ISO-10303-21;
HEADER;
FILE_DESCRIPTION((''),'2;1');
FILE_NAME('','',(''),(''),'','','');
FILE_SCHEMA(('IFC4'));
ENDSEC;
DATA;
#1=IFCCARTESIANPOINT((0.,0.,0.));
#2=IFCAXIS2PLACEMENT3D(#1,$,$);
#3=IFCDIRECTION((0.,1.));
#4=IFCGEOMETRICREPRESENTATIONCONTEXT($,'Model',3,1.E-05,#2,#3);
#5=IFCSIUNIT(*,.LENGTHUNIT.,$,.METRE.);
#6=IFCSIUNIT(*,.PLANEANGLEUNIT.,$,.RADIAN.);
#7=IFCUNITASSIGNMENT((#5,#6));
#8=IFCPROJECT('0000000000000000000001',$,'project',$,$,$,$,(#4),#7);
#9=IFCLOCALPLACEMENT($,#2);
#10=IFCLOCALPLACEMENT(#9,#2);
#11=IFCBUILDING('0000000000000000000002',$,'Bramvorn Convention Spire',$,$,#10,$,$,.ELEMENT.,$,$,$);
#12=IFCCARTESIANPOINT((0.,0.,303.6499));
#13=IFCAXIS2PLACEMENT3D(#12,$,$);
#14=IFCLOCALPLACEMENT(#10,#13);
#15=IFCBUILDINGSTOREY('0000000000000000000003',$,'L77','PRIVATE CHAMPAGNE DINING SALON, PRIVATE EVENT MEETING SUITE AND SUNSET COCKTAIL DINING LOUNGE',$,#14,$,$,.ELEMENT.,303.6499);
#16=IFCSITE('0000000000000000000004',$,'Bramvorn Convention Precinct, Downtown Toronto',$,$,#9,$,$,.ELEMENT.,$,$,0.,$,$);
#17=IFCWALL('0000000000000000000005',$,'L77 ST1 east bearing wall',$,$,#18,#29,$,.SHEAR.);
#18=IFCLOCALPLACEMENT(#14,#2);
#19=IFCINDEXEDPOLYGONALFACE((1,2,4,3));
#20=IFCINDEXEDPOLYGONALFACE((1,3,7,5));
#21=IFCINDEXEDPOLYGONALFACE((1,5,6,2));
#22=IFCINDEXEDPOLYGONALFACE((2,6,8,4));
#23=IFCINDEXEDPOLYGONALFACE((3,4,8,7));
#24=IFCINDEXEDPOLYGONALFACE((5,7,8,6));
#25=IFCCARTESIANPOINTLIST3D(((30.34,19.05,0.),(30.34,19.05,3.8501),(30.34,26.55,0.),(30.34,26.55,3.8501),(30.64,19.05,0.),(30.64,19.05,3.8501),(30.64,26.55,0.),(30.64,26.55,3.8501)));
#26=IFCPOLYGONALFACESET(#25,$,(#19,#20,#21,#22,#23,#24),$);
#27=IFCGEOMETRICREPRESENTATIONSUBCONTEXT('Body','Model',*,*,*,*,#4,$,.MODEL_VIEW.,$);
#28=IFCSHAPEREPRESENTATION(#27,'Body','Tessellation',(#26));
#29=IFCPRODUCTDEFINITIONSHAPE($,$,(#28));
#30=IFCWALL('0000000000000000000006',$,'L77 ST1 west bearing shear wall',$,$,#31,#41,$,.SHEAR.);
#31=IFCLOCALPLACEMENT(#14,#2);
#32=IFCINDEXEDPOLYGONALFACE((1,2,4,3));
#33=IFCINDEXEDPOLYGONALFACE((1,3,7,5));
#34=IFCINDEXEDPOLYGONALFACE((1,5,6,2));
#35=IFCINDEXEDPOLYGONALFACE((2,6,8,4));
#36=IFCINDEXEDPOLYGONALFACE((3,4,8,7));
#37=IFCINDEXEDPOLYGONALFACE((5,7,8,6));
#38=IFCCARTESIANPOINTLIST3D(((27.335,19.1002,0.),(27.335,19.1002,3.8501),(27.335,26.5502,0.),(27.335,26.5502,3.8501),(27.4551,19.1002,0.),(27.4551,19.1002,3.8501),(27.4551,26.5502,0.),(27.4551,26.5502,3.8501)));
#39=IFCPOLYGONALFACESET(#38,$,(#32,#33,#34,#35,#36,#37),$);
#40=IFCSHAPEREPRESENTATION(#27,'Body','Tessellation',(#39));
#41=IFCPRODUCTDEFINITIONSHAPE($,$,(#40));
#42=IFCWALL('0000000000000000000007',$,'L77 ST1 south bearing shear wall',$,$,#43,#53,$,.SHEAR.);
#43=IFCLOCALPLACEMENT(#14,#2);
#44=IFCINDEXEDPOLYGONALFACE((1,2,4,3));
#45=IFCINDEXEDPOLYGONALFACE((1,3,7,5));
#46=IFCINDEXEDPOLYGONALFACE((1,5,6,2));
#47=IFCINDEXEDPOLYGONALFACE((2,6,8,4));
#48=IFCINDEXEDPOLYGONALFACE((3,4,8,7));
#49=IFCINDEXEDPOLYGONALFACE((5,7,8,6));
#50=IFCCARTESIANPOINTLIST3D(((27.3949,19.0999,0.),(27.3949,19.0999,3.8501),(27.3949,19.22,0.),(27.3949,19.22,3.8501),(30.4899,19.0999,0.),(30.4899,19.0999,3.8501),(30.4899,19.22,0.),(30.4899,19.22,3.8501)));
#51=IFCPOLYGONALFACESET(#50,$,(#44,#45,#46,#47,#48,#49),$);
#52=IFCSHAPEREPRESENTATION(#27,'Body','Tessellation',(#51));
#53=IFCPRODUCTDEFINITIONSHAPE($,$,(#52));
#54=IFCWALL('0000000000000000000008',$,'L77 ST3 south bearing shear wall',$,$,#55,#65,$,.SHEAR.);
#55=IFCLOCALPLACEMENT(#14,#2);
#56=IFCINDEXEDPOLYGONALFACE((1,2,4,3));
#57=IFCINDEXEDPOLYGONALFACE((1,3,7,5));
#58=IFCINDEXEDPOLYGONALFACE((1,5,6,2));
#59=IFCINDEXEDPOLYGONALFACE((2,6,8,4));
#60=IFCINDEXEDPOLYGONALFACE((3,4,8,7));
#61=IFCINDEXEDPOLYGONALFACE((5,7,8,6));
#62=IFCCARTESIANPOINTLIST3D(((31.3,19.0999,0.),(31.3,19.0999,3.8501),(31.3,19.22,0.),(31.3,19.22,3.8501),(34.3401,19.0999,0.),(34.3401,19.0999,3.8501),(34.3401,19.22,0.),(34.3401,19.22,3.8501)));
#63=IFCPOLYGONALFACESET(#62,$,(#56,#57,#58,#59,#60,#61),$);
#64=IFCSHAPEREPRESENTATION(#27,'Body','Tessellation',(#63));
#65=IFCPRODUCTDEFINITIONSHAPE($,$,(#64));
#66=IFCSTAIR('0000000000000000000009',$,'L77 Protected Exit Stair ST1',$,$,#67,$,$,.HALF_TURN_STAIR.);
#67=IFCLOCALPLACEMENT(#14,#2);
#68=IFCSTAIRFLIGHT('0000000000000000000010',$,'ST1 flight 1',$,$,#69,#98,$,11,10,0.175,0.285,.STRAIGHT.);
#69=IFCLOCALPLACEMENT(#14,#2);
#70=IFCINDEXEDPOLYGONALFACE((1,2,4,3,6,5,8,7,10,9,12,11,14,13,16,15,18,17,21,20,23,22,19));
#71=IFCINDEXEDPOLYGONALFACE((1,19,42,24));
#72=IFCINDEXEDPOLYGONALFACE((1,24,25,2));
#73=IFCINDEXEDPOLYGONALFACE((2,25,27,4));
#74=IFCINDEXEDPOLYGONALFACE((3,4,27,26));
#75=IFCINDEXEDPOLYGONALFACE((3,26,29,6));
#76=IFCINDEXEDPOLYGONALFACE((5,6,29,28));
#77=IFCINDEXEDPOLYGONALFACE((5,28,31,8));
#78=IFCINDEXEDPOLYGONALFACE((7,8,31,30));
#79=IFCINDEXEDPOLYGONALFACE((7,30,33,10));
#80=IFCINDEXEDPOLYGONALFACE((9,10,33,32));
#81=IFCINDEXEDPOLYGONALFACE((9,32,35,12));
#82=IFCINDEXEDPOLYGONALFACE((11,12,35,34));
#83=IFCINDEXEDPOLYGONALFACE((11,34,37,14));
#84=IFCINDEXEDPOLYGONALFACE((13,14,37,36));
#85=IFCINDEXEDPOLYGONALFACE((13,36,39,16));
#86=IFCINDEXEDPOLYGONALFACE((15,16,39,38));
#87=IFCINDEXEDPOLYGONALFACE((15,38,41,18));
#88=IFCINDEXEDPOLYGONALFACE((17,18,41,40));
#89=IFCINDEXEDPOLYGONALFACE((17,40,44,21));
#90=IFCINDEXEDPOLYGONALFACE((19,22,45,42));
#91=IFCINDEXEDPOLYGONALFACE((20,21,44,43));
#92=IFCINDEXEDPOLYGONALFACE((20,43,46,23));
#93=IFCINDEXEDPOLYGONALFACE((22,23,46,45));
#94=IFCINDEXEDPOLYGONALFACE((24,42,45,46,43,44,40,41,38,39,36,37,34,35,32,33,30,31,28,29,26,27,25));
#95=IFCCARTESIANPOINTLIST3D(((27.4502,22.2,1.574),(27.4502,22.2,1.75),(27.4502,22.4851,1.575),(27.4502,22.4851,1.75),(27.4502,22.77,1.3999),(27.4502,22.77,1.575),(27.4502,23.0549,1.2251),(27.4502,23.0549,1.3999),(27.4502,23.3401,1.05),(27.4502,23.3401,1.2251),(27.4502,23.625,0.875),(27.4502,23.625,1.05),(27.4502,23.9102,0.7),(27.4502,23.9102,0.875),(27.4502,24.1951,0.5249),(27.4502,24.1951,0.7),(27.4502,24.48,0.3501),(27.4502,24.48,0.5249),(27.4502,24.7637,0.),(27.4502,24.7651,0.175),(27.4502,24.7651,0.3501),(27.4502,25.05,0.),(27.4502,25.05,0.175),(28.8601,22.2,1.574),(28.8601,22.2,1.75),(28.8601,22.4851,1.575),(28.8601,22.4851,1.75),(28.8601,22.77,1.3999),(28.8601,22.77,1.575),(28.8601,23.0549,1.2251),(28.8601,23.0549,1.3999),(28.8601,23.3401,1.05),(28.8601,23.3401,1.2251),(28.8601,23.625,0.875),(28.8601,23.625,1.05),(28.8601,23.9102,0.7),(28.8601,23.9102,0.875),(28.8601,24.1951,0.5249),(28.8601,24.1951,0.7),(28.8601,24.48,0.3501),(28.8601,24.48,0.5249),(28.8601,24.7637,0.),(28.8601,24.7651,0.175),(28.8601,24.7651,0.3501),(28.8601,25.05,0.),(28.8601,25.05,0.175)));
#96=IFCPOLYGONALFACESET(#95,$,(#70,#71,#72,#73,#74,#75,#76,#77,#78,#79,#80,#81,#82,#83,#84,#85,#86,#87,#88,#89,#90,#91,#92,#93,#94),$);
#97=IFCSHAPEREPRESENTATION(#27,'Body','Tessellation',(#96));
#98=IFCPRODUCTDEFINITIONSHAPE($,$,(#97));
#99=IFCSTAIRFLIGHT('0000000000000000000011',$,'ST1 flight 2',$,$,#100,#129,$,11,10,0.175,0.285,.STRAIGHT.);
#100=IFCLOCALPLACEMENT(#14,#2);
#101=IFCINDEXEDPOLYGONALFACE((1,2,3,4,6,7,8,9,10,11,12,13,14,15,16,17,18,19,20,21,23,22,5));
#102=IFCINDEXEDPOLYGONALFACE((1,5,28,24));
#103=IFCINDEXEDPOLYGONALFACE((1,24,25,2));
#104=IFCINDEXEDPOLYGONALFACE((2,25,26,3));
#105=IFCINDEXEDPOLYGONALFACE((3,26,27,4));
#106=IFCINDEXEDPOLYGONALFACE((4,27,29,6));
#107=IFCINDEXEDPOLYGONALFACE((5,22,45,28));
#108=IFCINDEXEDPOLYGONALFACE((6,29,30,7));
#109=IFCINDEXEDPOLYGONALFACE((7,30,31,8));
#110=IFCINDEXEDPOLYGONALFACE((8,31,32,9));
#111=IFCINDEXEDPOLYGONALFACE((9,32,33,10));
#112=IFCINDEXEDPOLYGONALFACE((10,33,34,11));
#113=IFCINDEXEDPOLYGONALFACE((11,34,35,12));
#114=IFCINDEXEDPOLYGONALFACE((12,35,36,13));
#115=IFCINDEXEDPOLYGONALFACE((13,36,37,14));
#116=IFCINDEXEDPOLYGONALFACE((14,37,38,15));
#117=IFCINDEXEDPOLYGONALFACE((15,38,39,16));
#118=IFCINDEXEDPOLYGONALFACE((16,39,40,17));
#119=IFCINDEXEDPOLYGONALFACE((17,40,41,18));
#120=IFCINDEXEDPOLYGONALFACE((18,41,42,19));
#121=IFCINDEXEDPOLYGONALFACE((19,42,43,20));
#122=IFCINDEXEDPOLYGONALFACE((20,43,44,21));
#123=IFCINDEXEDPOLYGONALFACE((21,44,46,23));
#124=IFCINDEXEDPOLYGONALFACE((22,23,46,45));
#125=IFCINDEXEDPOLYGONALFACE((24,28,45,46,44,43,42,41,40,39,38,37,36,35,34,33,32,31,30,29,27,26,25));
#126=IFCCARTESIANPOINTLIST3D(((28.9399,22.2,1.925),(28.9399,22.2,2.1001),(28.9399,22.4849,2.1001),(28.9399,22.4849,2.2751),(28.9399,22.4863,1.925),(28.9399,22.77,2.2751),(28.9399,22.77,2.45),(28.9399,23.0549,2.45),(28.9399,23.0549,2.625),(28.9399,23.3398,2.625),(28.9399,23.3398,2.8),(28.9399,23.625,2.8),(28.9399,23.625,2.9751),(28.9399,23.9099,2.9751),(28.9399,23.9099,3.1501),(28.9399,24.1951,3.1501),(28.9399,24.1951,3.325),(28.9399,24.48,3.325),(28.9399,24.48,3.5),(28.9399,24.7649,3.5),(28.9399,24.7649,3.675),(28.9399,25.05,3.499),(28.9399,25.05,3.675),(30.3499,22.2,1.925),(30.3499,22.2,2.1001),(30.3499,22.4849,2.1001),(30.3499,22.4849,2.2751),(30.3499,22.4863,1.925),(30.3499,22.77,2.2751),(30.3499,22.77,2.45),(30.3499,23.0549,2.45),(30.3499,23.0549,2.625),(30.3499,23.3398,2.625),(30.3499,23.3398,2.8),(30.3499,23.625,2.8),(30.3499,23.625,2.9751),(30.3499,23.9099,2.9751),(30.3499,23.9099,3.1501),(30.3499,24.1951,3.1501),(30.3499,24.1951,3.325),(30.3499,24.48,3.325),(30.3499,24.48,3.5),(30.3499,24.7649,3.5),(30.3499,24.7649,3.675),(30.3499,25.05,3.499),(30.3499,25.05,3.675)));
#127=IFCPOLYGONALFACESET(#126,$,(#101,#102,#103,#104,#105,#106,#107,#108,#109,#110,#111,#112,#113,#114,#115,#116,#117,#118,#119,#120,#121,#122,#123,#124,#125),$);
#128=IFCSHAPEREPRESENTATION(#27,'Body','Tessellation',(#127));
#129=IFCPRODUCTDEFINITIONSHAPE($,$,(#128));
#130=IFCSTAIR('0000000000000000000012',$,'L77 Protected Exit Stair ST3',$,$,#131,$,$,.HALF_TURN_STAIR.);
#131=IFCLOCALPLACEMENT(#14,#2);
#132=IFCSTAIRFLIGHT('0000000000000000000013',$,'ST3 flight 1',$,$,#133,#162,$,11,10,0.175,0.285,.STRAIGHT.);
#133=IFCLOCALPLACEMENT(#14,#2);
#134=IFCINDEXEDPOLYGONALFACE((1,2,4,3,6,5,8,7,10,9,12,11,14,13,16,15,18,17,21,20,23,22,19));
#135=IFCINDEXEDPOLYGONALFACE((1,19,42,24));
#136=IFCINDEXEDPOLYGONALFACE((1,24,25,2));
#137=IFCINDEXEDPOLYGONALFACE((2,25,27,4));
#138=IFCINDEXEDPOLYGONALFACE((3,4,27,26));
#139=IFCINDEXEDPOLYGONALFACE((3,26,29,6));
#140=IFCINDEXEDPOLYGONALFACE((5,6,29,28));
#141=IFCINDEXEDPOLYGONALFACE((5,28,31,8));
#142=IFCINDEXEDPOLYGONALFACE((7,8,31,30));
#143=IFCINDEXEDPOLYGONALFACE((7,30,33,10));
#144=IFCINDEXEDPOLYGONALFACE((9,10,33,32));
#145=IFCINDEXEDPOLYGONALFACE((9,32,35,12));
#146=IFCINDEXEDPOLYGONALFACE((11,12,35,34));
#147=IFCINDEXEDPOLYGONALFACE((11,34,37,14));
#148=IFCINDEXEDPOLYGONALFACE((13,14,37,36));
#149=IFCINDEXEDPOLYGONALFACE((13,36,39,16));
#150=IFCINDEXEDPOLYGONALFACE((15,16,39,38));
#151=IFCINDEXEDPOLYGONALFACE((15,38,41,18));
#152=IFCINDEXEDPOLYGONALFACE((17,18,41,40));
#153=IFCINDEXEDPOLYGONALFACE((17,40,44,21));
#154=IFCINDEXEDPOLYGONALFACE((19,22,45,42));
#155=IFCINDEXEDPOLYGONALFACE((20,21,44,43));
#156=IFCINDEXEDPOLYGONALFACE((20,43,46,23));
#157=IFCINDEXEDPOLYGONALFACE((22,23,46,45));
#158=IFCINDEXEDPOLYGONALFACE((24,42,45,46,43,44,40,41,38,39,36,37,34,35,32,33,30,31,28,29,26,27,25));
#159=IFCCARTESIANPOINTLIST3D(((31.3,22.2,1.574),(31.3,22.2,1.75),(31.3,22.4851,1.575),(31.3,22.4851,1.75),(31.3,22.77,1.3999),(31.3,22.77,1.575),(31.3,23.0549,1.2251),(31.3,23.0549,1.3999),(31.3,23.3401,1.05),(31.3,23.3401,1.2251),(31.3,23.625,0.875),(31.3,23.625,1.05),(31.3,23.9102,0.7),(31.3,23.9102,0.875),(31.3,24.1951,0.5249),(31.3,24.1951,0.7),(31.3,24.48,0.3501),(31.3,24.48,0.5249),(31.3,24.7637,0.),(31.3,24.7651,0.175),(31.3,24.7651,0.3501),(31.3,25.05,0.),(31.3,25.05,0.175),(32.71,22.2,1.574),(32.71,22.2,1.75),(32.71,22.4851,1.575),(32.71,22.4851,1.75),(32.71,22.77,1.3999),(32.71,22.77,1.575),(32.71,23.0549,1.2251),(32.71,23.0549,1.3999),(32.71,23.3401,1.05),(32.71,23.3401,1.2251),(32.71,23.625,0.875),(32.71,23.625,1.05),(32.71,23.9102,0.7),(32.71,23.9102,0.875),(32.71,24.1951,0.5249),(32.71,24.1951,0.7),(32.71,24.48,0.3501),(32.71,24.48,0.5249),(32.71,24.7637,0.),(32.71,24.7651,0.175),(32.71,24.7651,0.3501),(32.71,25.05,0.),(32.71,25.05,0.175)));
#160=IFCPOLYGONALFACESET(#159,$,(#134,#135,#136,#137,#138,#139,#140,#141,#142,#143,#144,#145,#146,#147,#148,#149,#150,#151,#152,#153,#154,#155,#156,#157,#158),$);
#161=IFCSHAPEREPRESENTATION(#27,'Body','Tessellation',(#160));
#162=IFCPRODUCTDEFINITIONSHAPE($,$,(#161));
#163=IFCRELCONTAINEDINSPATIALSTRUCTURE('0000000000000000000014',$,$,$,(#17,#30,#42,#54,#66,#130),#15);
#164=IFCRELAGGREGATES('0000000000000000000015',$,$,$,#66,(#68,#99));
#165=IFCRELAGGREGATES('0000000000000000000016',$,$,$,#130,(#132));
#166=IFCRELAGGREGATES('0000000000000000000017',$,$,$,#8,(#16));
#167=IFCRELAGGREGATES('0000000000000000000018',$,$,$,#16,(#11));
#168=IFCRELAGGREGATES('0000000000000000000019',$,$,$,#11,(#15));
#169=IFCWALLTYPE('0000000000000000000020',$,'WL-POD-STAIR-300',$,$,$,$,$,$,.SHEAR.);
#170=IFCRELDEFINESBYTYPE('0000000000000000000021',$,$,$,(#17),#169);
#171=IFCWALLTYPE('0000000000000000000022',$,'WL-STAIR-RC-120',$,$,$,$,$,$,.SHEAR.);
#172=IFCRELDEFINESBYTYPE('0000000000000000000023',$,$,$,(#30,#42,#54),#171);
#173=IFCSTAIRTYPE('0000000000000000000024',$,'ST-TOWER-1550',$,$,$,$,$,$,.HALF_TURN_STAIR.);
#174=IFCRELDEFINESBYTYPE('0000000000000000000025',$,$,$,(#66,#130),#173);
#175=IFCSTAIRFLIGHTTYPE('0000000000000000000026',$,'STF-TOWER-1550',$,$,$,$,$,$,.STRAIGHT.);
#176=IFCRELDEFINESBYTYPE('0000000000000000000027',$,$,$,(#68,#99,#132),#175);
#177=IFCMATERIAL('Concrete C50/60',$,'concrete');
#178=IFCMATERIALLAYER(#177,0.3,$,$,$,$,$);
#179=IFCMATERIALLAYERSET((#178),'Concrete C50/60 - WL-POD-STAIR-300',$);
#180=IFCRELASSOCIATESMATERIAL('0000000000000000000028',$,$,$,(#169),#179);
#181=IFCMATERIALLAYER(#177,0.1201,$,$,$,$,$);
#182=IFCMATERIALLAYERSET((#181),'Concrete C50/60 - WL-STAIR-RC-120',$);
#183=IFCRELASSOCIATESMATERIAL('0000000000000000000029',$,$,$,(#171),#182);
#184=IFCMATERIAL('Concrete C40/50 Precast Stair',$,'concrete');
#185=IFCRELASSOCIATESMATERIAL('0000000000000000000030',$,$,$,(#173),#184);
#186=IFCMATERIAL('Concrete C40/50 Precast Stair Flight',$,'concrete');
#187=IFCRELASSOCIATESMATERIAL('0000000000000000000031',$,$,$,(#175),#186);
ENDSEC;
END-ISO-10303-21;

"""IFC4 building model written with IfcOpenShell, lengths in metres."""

from ifc_helpers import new_model, si_unit, direction, frame, frame_2d, origin, place, context, subcontext, project, spatial, polyline, rectangle, outline, extrude, material, layer, layer_set, type_object, element, aggregate, save


model = new_model("IFC4")

# Units and contexts
model_context = context("Model", 3, precision=1e-05, world=origin(), true_north=direction((0.0, 1.0)))
body_context = subcontext(model_context, "Body", "Model", "MODEL_VIEW")
ifc_project = project(units=[si_unit("LENGTHUNIT", "METRE"), si_unit("PLANEANGLEUNIT", "RADIAN")], contexts=[model_context])

# Site, building, storey
site_placement = place(None, origin())
site = spatial("IfcSite", under=ifc_project, at=site_placement, Name="Bramvorn Convention Precinct, Downtown Toronto", CompositionType="ELEMENT", RefElevation=0.0)
building_placement = place(site_placement, origin())
building = spatial("IfcBuilding", under=site, at=building_placement, Name="Bramvorn Convention Spire", CompositionType="ELEMENT")
storey_placement = place(building_placement, frame((0.0, 0.0, 303.6499)))
storey = spatial("IfcBuildingStorey", under=building, at=storey_placement, Name="L77", Description="PRIVATE CHAMPAGNE DINING SALON, PRIVATE EVENT MEETING SUITE AND SUNSET COCKTAIL DINING LOUNGE", CompositionType="ELEMENT", Elevation=303.6499)

# Walls
ifc_material_1 = material(Name="Concrete C50/60", Category="concrete")
ifc_layer_1 = layer(ifc_material_1, 0.3)
ifc_layer_set_1 = layer_set([ifc_layer_1], Name="Concrete C50/60 - WL-POD-STAIR-300")
wall_type_1 = type_object("IfcWallType", Name="WL-POD-STAIR-300", PredefinedType="SHEAR", material=ifc_layer_set_1)
wall_1_placement = place(storey_placement, frame((30.49, 19.05, 0.0), z_axis=(0.0, 0.0, 1.0), x_axis=(0.0, 1.0, 0.0)))
element("IfcWall", 1, at=wall_1_placement, inside=storey, type_object=wall_type_1, Name="L77 ST1 east bearing wall", PredefinedType="SHEAR", context=body_context, shape_type="SweptSolid", body=[
    extrude(rectangle(XDim=7.5, YDim=0.3, at=frame_2d((3.75, 0.0))), origin(), (0.0, 0.0, 1.0), 3.8501),
])
ifc_layer_2 = layer(ifc_material_1, 0.1201)
ifc_layer_set_2 = layer_set([ifc_layer_2], Name="Concrete C50/60 - WL-STAIR-RC-120")
wall_type_2 = type_object("IfcWallType", Name="WL-STAIR-RC-120", PredefinedType="SHEAR", material=ifc_layer_set_2)
wall_2_placement = place(storey_placement, frame((27.395, 19.1001, 0.0), z_axis=(0.0, 0.0, 1.0), x_axis=(0.0, 1.0, 0.0)))
element("IfcWall", 2, at=wall_2_placement, inside=storey, type_object=wall_type_2, Name="L77 ST1 west bearing shear wall", PredefinedType="SHEAR", context=body_context, shape_type="SweptSolid", body=[
    extrude(rectangle(XDim=7.45, YDim=0.1201, at=frame_2d((3.7251, 0.0))), origin(), (0.0, 0.0, 1.0), 3.8501),
])
wall_3_placement = place(storey_placement, frame((27.395, 19.1599, 0.0), z_axis=(0.0, 0.0, 1.0), x_axis=(1.0, 0.0, 0.0)))
element("IfcWall", 3, at=wall_3_placement, inside=storey, type_object=wall_type_2, Name="L77 ST1 south bearing shear wall", PredefinedType="SHEAR", context=body_context, shape_type="SweptSolid", body=[
    extrude(rectangle(XDim=3.095, YDim=0.1201, at=frame_2d((1.5474, 0.0))), origin(), (0.0, 0.0, 1.0), 3.8501),
])
wall_4_placement = place(storey_placement, frame((31.3, 19.1599, 0.0), z_axis=(0.0, 0.0, 1.0), x_axis=(1.0, 0.0, 0.0)))
element("IfcWall", 4, at=wall_4_placement, inside=storey, type_object=wall_type_2, Name="L77 ST3 south bearing shear wall", PredefinedType="SHEAR", context=body_context, shape_type="SweptSolid", body=[
    extrude(rectangle(XDim=3.04, YDim=0.1201, at=frame_2d((1.52, 0.0))), origin(), (0.0, 0.0, 1.0), 3.8501),
])

# Stairs, stair flights
ifc_material_2 = material(Name="Concrete C40/50 Precast Stair", Category="concrete")
stair_type = type_object("IfcStairType", Name="ST-TOWER-1550", PredefinedType="HALF_TURN_STAIR", material=ifc_material_2)
stair_1_placement = place(storey_placement, origin())
stair_1 = element("IfcStair", 5, at=stair_1_placement, inside=storey, type_object=stair_type, Name="L77 Protected Exit Stair ST1", PredefinedType="HALF_TURN_STAIR")
ifc_material_3 = material(Name="Concrete C40/50 Precast Stair Flight", Category="concrete")
stair_flight_type = type_object("IfcStairFlightType", Name="STF-TOWER-1550", PredefinedType="STRAIGHT", material=ifc_material_3)
stair_flight_1_placement = place(storey_placement, frame((28.155, 25.05, 0.0), z_axis=(0.0, 0.0, 1.0), x_axis=(0.0, -1.0, 0.0)))
stair_flight_1 = element("IfcStairFlight", 6, at=stair_flight_1_placement, type_object=stair_flight_type, Name="ST1 flight 1", NumberOfRisers=11, NumberOfTreads=10, PredefinedType="STRAIGHT", RiserHeight=0.175, TreadLength=0.285, context=body_context, shape_type="SweptSolid", body=[
    extrude(outline(polyline([(0.0, 0.0), (0.0, 0.175), (0.2849, 0.175), (0.2849, 0.3501), (0.5701, 0.3501), (0.5701, 0.5249), (0.855, 0.5249), (0.855, 0.7), (1.1399, 0.7), (1.1399, 0.875), (1.425, 0.875), (1.425, 1.05), (1.71, 1.05), (1.71, 1.2251), (1.9951, 1.2251), (1.9951, 1.3999), (2.28, 1.3999), (2.28, 1.575), (2.5649, 1.575), (2.5649, 1.75), (2.8501, 1.75), (2.8501, 1.925), (2.8501, 1.574), (0.2864, 0.0), (0.0, 0.0)])), frame((0.0, 0.7051, 0.0), z_axis=(0.0, -1.0, 0.0), x_axis=(1.0, 0.0, 0.0)), (0.0, 0.0, 1.0), 1.4099),
])
stair_flight_2_placement = place(storey_placement, frame((29.645, 22.2, 1.925), z_axis=(0.0, 0.0, 1.0), x_axis=(0.0, 1.0, 0.0)))
stair_flight_2 = element("IfcStairFlight", 7, at=stair_flight_2_placement, type_object=stair_flight_type, Name="ST1 flight 2", NumberOfRisers=11, NumberOfTreads=10, PredefinedType="STRAIGHT", RiserHeight=0.175, TreadLength=0.285, context=body_context, shape_type="SweptSolid", body=[
    extrude(outline(polyline([(0.0, 0.0), (0.0, 0.175), (0.2849, 0.175), (0.2849, 0.3501), (0.5701, 0.3501), (0.5701, 0.5249), (0.855, 0.5249), (0.855, 0.7), (1.1399, 0.7), (1.1399, 0.875), (1.425, 0.875), (1.425, 1.05), (1.71, 1.05), (1.71, 1.2251), (1.9951, 1.2251), (1.9951, 1.3999), (2.28, 1.3999), (2.28, 1.575), (2.5649, 1.575), (2.5649, 1.75), (2.8501, 1.75), (2.8501, 1.925), (2.8501, 1.574), (0.2864, 0.0), (0.0, 0.0)])), frame((0.0, 0.7051, 0.0), z_axis=(0.0, -1.0, 0.0), x_axis=(1.0, 0.0, 0.0)), (0.0, 0.0, 1.0), 1.4099),
])
aggregate(stair_1, [stair_flight_1, stair_flight_2])
stair_2_placement = place(storey_placement, origin())
stair_2 = element("IfcStair", 8, at=stair_2_placement, inside=storey, type_object=stair_type, Name="L77 Protected Exit Stair ST3", PredefinedType="HALF_TURN_STAIR")
stair_flight_3_placement = place(storey_placement, frame((32.0049, 25.05, 0.0), z_axis=(0.0, 0.0, 1.0), x_axis=(0.0, -1.0, 0.0)))
stair_flight_3 = element("IfcStairFlight", 9, at=stair_flight_3_placement, type_object=stair_flight_type, Name="ST3 flight 1", NumberOfRisers=11, NumberOfTreads=10, PredefinedType="STRAIGHT", RiserHeight=0.175, TreadLength=0.285, context=body_context, shape_type="SweptSolid", body=[
    extrude(outline(polyline([(0.0, 0.0), (0.0, 0.175), (0.2849, 0.175), (0.2849, 0.3501), (0.5701, 0.3501), (0.5701, 0.5249), (0.855, 0.5249), (0.855, 0.7), (1.1399, 0.7), (1.1399, 0.875), (1.425, 0.875), (1.425, 1.05), (1.71, 1.05), (1.71, 1.2251), (1.9951, 1.2251), (1.9951, 1.3999), (2.28, 1.3999), (2.28, 1.575), (2.5649, 1.575), (2.5649, 1.75), (2.8501, 1.75), (2.8501, 1.925), (2.8501, 1.574), (0.2864, 0.0), (0.0, 0.0)])), frame((0.0, 0.7051, 0.0), z_axis=(0.0, -1.0, 0.0), x_axis=(1.0, 0.0, 0.0)), (0.0, 0.0, 1.0), 1.4099),
])
aggregate(stair_2, [stair_flight_3])

save(model, "model.ifc")
